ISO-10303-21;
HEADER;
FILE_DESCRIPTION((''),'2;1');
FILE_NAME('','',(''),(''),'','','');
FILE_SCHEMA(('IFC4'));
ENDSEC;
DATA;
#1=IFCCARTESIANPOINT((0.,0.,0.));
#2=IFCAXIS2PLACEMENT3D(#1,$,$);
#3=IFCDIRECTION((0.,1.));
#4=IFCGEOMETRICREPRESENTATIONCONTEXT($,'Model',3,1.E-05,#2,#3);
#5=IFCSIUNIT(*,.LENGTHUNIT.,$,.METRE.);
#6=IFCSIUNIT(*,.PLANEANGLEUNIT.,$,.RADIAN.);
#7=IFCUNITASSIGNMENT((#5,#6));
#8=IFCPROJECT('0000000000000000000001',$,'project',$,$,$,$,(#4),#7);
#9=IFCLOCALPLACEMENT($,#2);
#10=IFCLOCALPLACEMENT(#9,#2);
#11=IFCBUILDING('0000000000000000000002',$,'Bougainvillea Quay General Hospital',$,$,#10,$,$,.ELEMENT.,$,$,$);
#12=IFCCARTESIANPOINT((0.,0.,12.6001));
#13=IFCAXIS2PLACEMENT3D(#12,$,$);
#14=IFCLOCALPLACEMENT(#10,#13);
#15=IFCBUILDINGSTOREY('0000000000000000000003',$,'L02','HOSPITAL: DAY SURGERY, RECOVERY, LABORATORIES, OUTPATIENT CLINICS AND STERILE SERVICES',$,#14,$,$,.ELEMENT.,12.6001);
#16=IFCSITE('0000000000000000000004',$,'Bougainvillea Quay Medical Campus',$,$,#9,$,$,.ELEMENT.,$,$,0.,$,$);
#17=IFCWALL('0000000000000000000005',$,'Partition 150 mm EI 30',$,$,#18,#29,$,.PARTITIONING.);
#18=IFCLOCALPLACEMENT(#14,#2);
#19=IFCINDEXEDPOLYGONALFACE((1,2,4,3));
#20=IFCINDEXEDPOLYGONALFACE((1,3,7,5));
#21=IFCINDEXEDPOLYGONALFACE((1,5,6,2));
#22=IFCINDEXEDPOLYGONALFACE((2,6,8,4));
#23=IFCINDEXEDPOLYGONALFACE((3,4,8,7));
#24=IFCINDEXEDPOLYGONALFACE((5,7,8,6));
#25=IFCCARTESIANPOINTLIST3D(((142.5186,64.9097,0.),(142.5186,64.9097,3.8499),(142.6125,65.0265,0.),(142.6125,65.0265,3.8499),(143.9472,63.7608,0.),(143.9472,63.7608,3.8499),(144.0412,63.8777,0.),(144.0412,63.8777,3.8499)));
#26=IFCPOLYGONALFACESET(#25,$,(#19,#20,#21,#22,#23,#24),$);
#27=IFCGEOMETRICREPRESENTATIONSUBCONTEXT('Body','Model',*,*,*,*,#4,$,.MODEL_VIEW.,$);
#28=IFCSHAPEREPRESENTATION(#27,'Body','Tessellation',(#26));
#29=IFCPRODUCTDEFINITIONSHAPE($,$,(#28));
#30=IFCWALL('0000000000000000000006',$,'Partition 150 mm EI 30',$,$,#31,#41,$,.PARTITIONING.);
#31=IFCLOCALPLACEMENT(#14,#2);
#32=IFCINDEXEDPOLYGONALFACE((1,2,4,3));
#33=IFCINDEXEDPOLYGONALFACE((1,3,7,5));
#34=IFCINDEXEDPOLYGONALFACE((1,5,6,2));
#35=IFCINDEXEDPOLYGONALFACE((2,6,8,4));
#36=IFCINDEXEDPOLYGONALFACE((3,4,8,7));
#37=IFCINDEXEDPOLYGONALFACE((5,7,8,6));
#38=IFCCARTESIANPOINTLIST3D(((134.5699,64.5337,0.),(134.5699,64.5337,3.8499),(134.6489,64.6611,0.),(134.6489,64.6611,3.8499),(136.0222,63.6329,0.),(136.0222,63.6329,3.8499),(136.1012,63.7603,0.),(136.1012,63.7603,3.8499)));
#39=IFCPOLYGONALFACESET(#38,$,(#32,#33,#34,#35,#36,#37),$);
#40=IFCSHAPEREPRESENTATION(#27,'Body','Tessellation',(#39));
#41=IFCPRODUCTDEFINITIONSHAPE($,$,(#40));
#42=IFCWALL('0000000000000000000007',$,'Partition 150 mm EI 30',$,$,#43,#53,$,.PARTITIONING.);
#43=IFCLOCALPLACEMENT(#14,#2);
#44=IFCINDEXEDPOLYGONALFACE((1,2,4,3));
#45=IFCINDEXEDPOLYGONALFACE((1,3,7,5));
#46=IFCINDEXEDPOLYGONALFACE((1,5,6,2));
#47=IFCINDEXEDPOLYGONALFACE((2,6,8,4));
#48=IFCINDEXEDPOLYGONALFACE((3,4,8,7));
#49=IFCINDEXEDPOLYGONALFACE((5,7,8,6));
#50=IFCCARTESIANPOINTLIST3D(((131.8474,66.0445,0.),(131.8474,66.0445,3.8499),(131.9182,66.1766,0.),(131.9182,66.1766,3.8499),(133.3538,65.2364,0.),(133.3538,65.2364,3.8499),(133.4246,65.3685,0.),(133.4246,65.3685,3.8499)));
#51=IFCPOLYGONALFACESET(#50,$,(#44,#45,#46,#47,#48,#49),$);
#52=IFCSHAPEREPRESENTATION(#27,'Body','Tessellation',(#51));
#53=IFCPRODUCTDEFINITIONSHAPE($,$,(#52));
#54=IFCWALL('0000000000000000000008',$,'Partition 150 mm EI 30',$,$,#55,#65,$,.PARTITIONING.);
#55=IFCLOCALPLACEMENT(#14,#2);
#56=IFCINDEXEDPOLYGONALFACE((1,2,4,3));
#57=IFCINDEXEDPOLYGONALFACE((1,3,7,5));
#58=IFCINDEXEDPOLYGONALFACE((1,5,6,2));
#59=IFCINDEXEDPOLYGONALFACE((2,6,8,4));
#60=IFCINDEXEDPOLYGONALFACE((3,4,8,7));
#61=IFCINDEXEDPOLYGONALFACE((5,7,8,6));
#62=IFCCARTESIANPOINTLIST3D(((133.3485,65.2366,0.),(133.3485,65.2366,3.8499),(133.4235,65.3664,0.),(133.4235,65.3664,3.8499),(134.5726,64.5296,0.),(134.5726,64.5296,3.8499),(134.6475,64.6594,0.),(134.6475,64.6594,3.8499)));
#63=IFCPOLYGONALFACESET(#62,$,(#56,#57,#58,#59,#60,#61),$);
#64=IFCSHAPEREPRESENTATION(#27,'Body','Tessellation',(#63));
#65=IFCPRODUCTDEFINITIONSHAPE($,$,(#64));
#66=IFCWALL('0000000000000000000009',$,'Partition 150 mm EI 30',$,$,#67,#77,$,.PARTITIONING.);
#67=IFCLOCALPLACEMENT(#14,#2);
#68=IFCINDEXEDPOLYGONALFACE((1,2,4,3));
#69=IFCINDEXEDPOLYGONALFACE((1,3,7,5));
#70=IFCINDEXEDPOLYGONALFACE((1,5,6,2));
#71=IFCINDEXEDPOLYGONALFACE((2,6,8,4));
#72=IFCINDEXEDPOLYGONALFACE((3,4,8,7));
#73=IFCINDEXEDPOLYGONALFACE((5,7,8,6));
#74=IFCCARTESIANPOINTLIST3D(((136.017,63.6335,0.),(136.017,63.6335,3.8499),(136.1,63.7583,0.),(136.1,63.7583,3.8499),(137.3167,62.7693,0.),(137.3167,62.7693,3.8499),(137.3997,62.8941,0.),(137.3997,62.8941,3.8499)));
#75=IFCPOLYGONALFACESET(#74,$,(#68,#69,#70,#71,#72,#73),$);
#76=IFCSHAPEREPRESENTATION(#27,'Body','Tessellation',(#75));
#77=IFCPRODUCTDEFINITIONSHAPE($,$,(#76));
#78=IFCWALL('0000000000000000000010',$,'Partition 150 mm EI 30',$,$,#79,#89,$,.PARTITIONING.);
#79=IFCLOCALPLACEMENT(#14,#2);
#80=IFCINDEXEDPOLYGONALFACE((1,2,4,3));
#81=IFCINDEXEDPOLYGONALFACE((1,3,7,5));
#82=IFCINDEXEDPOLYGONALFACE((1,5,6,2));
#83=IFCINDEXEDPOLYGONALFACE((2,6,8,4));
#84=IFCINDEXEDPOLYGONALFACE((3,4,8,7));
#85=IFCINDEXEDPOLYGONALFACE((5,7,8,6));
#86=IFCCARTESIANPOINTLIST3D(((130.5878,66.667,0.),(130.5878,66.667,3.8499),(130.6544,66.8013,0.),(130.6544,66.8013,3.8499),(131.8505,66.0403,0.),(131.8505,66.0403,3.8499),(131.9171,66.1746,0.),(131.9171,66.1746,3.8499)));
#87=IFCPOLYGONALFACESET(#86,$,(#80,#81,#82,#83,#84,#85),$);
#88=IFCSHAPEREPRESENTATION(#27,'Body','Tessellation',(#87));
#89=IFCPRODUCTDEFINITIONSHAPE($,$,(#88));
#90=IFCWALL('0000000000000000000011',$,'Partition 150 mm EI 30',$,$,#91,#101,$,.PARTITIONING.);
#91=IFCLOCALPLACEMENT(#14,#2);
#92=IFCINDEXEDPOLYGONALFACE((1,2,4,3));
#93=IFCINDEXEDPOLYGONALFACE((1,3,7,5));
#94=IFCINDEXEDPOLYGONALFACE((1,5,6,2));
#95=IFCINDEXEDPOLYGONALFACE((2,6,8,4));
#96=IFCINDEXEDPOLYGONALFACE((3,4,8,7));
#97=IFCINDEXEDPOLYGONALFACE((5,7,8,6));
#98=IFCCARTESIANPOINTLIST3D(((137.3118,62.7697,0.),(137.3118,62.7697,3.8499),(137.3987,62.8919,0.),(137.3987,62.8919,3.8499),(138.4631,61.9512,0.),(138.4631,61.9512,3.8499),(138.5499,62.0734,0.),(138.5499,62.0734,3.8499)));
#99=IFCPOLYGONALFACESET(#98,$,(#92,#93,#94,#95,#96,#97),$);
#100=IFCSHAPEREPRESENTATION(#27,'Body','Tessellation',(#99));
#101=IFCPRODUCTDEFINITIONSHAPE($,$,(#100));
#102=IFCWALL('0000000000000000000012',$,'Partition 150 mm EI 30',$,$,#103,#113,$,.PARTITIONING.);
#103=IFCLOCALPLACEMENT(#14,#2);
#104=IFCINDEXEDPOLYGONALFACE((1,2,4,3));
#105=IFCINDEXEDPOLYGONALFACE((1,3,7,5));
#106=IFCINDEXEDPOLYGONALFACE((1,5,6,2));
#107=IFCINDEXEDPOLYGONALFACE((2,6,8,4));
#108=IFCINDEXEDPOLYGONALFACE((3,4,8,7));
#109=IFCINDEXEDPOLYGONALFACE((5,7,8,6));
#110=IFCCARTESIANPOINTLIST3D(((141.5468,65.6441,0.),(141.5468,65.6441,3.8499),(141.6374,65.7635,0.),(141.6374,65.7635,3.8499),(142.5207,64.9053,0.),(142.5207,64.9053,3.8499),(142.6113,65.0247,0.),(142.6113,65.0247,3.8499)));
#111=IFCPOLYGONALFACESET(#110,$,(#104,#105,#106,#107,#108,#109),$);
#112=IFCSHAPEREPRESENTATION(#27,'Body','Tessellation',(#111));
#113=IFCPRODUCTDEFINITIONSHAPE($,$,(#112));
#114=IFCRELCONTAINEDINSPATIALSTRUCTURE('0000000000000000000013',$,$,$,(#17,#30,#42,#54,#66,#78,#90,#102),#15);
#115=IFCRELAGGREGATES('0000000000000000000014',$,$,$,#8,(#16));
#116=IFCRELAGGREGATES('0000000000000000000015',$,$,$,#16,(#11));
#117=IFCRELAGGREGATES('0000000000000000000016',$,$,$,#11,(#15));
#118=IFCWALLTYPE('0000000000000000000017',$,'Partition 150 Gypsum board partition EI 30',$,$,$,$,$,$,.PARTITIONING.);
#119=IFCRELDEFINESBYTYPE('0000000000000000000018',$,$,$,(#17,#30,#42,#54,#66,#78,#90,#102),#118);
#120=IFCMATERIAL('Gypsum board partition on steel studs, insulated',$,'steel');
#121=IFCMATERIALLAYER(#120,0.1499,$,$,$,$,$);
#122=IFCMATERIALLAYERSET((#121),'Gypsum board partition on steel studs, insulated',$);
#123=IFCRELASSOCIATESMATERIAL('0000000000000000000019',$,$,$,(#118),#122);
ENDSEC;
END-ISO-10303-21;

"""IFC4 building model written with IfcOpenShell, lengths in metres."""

from ifc_helpers import new_model, si_unit, direction, frame, frame_2d, origin, place, context, subcontext, project, spatial, rectangle, extrude, material, layer, layer_set, type_object, element, save


model = new_model("IFC4")

# Units and contexts
model_context = context("Model", 3, precision=1e-05, world=origin(), true_north=direction((0.0, 1.0)))
body_context = subcontext(model_context, "Body", "Model", "MODEL_VIEW")
ifc_project = project(units=[si_unit("LENGTHUNIT", "METRE"), si_unit("PLANEANGLEUNIT", "RADIAN")], contexts=[model_context])

# Site, building, storey
site_placement = place(None, origin())
site = spatial("IfcSite", under=ifc_project, at=site_placement, Name="Bougainvillea Quay Medical Campus", CompositionType="ELEMENT", RefElevation=0.0)
building_placement = place(site_placement, origin())
building = spatial("IfcBuilding", under=site, at=building_placement, Name="Bougainvillea Quay General Hospital", CompositionType="ELEMENT")
storey_placement = place(building_placement, frame((0.0, 0.0, 12.6001)))
storey = spatial("IfcBuildingStorey", under=building, at=storey_placement, Name="L02", Description="HOSPITAL: DAY SURGERY, RECOVERY, LABORATORIES, OUTPATIENT CLINICS AND STERILE SERVICES", CompositionType="ELEMENT", Elevation=12.6001)

# Shared definitions
ifc_material_1 = material(Name="Gypsum board partition on steel studs, insulated", Category="steel")
ifc_layer_1 = layer(ifc_material_1, 0.1499)
ifc_layer_set_1 = layer_set([ifc_layer_1], Name="Gypsum board partition on steel studs, insulated")
wall_type_1 = type_object("IfcWallType", Name="Partition 150 Gypsum board partition EI 30", PredefinedType="PARTITIONING", material=ifc_layer_set_1)

# Walls
wall_1_placement = place(storey_placement, frame((142.5657, 64.968, 0.0), z_axis=(0.0, 0.0, 1.0), x_axis=(0.779281, -0.626674, 0.0)))
element("IfcWall", 1, at=wall_1_placement, inside=storey, type_object=wall_type_1, Name="Partition 150 mm EI 30", PredefinedType="PARTITIONING", context=body_context, shape_type="SweptSolid", body=[
    extrude(rectangle(XDim=1.8333, YDim=0.1499, at=frame_2d((0.9165, 0.0))), origin(), (0.0, 0.0, 1.0), 3.8499),
])
wall_2_placement = place(storey_placement, frame((134.6094, 64.5974, 0.0), z_axis=(0.0, 0.0, 1.0), x_axis=(0.849799, -0.527107, 0.0)))
element("IfcWall", 2, at=wall_2_placement, inside=storey, type_object=wall_type_1, Name="Partition 150 mm EI 30", PredefinedType="PARTITIONING", context=body_context, shape_type="SweptSolid", body=[
    extrude(rectangle(XDim=1.709, YDim=0.1499, at=frame_2d((0.8545, 0.0))), origin(), (0.0, 0.0, 1.0), 3.8499),
])
wall_3_placement = place(storey_placement, frame((131.8828, 66.1106, 0.0), z_axis=(0.0, 0.0, 1.0), x_axis=(0.881204, -0.472737, 0.0)))
element("IfcWall", 3, at=wall_3_placement, inside=storey, type_object=wall_type_1, Name="Partition 150 mm EI 30", PredefinedType="PARTITIONING", context=body_context, shape_type="SweptSolid", body=[
    extrude(rectangle(XDim=1.7095, YDim=0.1499, at=frame_2d((0.8547, 0.0))), origin(), (0.0, 0.0, 1.0), 3.8499),
])
wall_4_placement = place(storey_placement, frame((133.386, 65.3015, 0.0), z_axis=(0.0, 0.0, 1.0), x_axis=(0.865938, -0.500151, 0.0)))
element("IfcWall", 4, at=wall_4_placement, inside=storey, type_object=wall_type_1, Name="Partition 150 mm EI 30", PredefinedType="PARTITIONING", context=body_context, shape_type="SweptSolid", body=[
    extrude(rectangle(XDim=1.4136, YDim=0.1499, at=frame_2d((0.7068, 0.0))), origin(), (0.0, 0.0, 1.0), 3.8499),
])
wall_5_placement = place(storey_placement, frame((136.0586, 63.6958, 0.0), z_axis=(0.0, 0.0, 1.0), x_axis=(0.832723, -0.553689, 0.0)))
element("IfcWall", 5, at=wall_5_placement, inside=storey, type_object=wall_type_1, Name="Partition 150 mm EI 30", PredefinedType="PARTITIONING", context=body_context, shape_type="SweptSolid", body=[
    extrude(rectangle(XDim=1.5608, YDim=0.1499, at=frame_2d((0.7803, 0.0))), origin(), (0.0, 0.0, 1.0), 3.8499),
])
wall_6_placement = place(storey_placement, frame((130.6211, 66.7341, 0.0), z_axis=(0.0, 0.0, 1.0), x_axis=(0.89574, -0.444579, 0.0)))
element("IfcWall", 6, at=wall_6_placement, inside=storey, type_object=wall_type_1, Name="Partition 150 mm EI 30", PredefinedType="PARTITIONING", context=body_context, shape_type="SweptSolid", body=[
    extrude(rectangle(XDim=1.4097, YDim=0.1499, at=frame_2d((0.7048, 0.0))), origin(), (0.0, 0.0, 1.0), 3.8499),
])
wall_7_placement = place(storey_placement, frame((137.3552, 62.8308, 0.0), z_axis=(0.0, 0.0, 1.0), x_axis=(0.815004, -0.579455, 0.0)))
element("IfcWall", 7, at=wall_7_placement, inside=storey, type_object=wall_type_1, Name="Partition 150 mm EI 30", PredefinedType="PARTITIONING", context=body_context, shape_type="SweptSolid", body=[
    extrude(rectangle(XDim=1.4126, YDim=0.1499, at=frame_2d((0.7063, 0.0))), origin(), (0.0, 0.0, 1.0), 3.8499),
])
wall_8_placement = place(storey_placement, frame((141.592, 65.7039, 0.0), z_axis=(0.0, 0.0, 1.0), x_axis=(0.796705, -0.604369, 0.0)))
element("IfcWall", 8, at=wall_8_placement, inside=storey, type_object=wall_type_1, Name="Partition 150 mm EI 30", PredefinedType="PARTITIONING", context=body_context, shape_type="SweptSolid", body=[
    extrude(rectangle(XDim=1.2224, YDim=0.1499, at=frame_2d((0.6113, 0.0))), origin(), (0.0, 0.0, 1.0), 3.8499),
])

save(model, "model.ifc")
